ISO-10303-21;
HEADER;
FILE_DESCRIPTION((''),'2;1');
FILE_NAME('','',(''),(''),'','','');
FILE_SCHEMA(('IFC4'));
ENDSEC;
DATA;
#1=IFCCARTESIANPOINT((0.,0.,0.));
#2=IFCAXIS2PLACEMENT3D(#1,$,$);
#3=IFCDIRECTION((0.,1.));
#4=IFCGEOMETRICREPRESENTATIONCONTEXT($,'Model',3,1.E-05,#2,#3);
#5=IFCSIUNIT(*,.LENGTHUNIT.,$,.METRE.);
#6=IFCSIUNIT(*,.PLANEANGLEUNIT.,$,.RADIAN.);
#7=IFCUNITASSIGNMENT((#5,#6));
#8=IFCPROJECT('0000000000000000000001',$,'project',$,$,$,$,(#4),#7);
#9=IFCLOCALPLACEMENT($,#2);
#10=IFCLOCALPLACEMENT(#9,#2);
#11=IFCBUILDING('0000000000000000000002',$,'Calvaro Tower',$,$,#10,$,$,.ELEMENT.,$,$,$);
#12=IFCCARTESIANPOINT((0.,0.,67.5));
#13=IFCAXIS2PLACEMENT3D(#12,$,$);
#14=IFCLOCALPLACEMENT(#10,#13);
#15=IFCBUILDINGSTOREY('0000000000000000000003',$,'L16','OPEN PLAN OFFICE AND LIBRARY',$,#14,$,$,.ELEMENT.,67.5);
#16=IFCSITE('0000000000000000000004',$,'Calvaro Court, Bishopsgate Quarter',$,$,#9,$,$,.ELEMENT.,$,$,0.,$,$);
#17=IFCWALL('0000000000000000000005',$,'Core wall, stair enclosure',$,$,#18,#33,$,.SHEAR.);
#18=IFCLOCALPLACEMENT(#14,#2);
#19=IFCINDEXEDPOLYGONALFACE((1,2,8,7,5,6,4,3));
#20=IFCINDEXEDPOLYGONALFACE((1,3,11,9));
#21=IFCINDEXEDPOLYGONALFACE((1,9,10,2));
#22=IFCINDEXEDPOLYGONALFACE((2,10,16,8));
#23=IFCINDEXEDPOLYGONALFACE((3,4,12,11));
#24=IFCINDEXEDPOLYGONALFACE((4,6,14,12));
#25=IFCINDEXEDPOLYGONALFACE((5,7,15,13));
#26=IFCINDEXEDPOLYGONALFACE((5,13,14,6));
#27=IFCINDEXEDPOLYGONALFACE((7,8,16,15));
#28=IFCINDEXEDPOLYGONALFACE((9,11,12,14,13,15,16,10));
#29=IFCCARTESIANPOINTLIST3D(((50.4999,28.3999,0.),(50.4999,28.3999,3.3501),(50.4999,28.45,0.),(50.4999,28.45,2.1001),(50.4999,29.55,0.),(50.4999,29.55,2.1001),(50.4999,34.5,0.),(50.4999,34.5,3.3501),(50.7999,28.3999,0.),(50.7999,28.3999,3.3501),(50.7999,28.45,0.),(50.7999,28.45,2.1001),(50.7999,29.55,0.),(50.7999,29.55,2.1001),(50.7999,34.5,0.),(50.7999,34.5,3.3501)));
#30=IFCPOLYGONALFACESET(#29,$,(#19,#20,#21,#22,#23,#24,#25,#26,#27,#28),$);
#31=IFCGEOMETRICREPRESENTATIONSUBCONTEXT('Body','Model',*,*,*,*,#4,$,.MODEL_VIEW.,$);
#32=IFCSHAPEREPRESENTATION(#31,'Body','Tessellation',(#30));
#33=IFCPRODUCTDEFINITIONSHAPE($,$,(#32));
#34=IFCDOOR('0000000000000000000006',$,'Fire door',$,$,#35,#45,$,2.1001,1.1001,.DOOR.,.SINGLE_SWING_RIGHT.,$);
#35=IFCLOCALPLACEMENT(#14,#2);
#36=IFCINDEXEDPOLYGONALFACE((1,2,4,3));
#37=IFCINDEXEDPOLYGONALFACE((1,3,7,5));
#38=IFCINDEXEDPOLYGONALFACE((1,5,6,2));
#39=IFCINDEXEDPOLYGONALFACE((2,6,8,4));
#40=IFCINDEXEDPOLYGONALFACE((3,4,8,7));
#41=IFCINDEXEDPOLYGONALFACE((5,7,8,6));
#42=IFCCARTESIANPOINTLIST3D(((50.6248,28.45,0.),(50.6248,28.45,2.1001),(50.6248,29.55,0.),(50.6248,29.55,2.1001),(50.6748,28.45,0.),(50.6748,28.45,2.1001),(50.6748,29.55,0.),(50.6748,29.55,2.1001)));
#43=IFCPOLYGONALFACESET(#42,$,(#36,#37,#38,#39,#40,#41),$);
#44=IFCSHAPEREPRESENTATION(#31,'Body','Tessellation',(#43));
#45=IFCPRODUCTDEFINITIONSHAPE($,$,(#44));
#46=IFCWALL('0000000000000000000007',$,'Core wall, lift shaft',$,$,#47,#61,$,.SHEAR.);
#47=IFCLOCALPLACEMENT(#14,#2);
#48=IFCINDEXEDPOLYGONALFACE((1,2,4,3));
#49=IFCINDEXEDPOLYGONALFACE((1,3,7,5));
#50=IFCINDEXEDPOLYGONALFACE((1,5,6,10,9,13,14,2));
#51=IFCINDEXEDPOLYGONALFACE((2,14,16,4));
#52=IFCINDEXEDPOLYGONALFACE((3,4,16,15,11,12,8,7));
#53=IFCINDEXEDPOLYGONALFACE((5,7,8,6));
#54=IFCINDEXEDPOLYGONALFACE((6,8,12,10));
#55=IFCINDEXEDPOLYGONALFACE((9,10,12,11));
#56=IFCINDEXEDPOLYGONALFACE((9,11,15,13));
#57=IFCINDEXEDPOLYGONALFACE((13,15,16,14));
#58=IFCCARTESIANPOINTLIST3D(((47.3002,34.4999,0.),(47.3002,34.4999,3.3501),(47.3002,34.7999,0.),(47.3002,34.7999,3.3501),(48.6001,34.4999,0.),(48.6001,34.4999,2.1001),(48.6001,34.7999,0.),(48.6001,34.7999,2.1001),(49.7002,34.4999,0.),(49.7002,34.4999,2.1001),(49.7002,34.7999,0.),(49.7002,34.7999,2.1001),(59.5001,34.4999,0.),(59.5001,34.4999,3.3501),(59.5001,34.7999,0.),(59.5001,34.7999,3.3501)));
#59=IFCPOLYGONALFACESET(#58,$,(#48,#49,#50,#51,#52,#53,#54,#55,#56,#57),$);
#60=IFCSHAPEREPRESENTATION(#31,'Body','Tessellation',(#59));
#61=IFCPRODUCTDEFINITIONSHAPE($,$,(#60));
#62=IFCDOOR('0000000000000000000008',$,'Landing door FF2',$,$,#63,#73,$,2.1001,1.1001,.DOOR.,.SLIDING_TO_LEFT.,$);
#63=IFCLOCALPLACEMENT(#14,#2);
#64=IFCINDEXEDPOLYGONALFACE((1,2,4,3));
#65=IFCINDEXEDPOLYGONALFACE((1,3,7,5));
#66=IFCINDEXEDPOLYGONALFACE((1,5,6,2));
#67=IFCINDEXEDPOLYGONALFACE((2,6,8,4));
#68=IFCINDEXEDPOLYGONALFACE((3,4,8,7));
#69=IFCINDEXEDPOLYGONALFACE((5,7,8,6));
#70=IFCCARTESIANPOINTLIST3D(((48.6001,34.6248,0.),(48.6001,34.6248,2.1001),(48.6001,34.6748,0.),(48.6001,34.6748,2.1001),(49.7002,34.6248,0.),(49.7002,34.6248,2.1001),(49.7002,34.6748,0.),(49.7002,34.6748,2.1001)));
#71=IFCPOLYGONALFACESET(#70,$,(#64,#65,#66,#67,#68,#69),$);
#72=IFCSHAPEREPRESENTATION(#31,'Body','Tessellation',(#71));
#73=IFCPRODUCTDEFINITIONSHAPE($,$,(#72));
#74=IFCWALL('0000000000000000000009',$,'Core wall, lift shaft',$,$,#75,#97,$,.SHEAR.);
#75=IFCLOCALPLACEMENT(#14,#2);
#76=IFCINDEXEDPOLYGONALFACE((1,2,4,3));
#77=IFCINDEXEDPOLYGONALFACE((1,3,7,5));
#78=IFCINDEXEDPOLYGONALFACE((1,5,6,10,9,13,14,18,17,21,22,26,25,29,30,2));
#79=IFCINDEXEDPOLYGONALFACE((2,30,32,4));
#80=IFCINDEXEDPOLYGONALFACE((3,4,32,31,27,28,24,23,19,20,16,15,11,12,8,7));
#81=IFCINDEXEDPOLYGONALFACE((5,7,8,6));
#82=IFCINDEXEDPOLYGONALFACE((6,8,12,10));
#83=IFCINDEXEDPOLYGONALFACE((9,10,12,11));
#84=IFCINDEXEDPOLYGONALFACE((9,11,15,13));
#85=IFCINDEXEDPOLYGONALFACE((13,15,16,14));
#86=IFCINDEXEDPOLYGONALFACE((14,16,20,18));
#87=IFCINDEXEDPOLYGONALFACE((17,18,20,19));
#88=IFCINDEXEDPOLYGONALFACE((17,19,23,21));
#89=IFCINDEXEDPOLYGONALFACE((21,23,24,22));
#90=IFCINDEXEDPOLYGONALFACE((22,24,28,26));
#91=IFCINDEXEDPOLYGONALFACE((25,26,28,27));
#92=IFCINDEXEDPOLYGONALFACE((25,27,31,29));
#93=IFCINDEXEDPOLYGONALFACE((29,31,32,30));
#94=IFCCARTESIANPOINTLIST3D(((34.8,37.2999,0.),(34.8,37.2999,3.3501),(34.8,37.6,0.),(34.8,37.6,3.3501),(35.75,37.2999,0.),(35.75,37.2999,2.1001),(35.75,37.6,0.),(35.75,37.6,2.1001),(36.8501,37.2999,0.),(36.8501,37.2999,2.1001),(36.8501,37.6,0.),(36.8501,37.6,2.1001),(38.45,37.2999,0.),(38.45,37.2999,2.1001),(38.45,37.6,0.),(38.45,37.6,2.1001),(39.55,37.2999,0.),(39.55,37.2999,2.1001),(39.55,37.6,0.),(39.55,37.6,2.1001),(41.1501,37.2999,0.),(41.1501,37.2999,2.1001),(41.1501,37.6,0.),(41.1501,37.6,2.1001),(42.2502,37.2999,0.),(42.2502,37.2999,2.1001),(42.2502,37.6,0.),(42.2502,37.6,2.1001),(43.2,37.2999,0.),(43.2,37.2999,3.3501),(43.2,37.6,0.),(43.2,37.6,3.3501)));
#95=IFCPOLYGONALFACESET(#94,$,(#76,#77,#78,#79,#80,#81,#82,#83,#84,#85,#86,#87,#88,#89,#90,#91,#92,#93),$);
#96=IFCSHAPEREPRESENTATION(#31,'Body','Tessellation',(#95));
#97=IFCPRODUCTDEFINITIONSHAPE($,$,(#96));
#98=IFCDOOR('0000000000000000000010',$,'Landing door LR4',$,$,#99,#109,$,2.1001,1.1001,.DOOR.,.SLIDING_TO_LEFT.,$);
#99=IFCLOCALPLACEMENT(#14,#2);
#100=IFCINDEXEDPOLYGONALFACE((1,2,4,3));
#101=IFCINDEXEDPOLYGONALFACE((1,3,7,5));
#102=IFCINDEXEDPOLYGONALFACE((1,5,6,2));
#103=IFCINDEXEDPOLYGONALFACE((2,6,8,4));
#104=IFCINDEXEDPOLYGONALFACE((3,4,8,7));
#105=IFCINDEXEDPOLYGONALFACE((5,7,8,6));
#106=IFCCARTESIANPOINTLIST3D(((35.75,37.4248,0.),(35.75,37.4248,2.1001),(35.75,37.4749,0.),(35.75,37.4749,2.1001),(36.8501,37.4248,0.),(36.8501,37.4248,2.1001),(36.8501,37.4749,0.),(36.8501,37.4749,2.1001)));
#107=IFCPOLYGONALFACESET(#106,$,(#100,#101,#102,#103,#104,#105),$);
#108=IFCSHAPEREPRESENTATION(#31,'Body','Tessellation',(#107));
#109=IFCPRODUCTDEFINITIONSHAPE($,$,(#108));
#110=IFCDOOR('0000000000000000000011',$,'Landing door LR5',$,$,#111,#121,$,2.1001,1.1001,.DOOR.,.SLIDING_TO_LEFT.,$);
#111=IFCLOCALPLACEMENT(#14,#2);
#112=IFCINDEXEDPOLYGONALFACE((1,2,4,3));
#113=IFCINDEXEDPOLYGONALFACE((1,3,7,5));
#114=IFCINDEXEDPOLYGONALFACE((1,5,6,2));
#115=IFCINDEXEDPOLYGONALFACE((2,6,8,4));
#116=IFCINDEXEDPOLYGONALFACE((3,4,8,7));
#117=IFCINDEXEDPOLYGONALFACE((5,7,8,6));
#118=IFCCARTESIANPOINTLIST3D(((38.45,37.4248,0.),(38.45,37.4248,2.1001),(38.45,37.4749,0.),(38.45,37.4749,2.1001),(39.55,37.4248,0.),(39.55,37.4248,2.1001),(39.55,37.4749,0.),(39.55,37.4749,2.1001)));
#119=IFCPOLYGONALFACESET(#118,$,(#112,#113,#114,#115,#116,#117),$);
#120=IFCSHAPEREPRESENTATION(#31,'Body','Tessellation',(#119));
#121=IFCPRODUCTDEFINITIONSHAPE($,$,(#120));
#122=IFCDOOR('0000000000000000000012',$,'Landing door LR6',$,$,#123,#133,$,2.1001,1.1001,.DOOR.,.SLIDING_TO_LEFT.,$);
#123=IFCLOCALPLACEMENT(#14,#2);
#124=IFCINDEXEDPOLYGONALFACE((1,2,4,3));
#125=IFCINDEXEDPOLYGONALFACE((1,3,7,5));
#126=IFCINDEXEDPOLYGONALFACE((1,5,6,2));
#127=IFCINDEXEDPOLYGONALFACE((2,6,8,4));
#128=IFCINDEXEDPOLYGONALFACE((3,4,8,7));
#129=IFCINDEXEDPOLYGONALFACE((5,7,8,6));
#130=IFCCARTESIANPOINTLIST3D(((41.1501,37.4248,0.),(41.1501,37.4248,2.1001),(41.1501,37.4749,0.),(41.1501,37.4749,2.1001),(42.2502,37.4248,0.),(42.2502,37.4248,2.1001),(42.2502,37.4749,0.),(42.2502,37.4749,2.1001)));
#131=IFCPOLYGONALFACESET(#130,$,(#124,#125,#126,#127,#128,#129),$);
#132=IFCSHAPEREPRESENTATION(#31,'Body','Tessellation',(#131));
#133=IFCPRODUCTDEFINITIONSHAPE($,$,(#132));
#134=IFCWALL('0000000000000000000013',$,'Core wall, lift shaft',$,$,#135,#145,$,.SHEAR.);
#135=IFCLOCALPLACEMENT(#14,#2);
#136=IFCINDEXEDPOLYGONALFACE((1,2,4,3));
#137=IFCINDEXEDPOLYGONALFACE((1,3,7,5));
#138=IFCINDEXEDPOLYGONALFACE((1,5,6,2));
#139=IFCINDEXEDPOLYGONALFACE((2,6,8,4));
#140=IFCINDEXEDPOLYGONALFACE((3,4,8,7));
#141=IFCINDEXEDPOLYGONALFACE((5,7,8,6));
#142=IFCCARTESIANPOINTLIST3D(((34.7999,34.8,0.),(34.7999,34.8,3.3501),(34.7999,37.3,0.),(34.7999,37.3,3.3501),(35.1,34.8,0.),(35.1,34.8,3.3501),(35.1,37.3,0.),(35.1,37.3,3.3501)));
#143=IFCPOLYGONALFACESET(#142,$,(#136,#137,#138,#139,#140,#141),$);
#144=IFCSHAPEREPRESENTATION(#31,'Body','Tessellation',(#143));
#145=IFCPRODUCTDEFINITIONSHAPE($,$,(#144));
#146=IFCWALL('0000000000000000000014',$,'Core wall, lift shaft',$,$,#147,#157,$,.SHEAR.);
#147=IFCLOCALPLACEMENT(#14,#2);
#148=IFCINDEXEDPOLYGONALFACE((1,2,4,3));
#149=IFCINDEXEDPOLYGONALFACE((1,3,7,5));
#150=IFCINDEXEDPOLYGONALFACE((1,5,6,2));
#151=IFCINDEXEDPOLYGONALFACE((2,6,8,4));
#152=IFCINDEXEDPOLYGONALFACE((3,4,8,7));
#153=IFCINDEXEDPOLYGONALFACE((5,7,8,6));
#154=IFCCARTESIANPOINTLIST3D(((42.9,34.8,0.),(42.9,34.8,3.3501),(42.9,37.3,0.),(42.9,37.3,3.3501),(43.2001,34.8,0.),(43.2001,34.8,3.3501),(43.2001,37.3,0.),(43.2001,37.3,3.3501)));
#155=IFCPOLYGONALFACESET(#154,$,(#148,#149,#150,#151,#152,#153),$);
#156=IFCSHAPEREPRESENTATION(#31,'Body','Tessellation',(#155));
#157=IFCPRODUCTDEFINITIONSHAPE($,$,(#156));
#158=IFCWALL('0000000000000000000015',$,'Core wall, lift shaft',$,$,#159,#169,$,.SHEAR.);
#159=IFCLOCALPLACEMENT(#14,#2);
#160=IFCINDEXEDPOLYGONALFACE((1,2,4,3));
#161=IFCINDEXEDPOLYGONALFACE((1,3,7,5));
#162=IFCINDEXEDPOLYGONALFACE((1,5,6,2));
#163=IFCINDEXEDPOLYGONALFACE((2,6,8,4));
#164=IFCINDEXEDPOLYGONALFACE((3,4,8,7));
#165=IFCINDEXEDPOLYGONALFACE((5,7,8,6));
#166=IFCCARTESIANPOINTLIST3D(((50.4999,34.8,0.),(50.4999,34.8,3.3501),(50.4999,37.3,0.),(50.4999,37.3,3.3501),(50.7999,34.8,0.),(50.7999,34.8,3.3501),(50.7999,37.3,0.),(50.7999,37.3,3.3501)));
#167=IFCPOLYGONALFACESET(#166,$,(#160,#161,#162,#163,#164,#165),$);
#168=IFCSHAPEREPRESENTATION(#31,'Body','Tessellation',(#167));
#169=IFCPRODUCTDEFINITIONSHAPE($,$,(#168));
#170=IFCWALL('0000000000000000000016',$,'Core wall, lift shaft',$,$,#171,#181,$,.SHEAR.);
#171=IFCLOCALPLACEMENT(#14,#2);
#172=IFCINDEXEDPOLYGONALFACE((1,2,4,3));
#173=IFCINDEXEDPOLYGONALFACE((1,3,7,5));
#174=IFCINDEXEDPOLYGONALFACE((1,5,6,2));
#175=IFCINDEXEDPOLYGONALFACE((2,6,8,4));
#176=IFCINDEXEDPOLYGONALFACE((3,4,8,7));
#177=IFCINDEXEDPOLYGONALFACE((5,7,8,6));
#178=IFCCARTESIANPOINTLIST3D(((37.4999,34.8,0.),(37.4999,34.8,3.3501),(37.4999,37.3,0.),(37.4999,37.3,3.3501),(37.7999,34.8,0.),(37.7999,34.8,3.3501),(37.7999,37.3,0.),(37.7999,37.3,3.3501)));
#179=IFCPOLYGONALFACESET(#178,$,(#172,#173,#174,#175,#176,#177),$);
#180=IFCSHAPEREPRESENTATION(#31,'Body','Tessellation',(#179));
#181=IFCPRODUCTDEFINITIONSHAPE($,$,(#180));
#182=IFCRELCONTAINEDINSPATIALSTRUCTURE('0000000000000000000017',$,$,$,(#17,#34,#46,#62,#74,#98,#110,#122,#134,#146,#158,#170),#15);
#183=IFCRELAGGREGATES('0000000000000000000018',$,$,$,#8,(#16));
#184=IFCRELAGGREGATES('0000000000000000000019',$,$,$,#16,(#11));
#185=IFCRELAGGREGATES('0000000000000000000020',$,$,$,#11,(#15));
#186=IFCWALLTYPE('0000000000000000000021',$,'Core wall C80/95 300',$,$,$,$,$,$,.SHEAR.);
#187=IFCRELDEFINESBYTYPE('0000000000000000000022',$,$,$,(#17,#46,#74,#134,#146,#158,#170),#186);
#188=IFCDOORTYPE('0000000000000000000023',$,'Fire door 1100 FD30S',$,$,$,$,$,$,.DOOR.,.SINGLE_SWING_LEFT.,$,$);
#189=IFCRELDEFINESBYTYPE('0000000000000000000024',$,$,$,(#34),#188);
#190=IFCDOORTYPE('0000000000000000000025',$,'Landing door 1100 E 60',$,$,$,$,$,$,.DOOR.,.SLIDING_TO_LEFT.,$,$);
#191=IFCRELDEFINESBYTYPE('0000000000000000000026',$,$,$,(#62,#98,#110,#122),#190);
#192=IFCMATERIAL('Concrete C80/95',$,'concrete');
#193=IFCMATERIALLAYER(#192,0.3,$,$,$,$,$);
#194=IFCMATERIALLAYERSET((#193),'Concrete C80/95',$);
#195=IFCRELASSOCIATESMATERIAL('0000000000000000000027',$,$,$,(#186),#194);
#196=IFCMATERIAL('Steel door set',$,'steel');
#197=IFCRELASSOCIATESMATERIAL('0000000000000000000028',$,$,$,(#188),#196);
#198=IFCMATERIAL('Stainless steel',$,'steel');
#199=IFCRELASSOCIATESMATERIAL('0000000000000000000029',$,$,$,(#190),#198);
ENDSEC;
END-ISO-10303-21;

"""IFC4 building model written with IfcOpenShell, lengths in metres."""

from ifc_helpers import new_model, si_unit, direction, frame, frame_2d, origin, place, context, subcontext, project, spatial, rectangle, extrude, material, layer, layer_set, type_object, element, fill, save


model = new_model("IFC4")

# Units and contexts
model_context = context("Model", 3, precision=1e-05, world=origin(), true_north=direction((0.0, 1.0)))
body_context = subcontext(model_context, "Body", "Model", "MODEL_VIEW")
ifc_project = project(units=[si_unit("LENGTHUNIT", "METRE"), si_unit("PLANEANGLEUNIT", "RADIAN")], contexts=[model_context])

# Site, building, storey
site_placement = place(None, origin())
site = spatial("IfcSite", under=ifc_project, at=site_placement, Name="Calvaro Court, Bishopsgate Quarter", CompositionType="ELEMENT", RefElevation=0.0)
building_placement = place(site_placement, origin())
building = spatial("IfcBuilding", under=site, at=building_placement, Name="Calvaro Tower", CompositionType="ELEMENT")
storey_placement = place(building_placement, frame((0.0, 0.0, 67.5)))
storey = spatial("IfcBuildingStorey", under=building, at=storey_placement, Name="L16", Description="OPEN PLAN OFFICE AND LIBRARY", CompositionType="ELEMENT", Elevation=67.5)

# Walls, openings, doors
ifc_material_1 = material(Name="Concrete C80/95", Category="concrete")
ifc_layer_1 = layer(ifc_material_1, 0.3)
ifc_layer_set_1 = layer_set([ifc_layer_1], Name="Concrete C80/95")
wall_type_1 = type_object("IfcWallType", Name="Core wall C80/95 300", PredefinedType="SHEAR", material=ifc_layer_set_1)
wall_1_placement = place(storey_placement, frame((50.6499, 34.5, 0.0), z_axis=(0.0, 0.0, 1.0), x_axis=(0.0, -1.0, 0.0)))
wall_1 = element("IfcWall", 1, at=wall_1_placement, inside=storey, type_object=wall_type_1, Name="Core wall, stair enclosure", PredefinedType="SHEAR", context=body_context, shape_type="SweptSolid", body=[
    extrude(rectangle(XDim=6.1001, YDim=0.3, at=frame_2d((3.05, 0.0))), origin(), (0.0, 0.0, 1.0), 3.3501),
])
opening_1_placement = place(wall_1_placement, frame((4.95, 0.0, 0.0)))
opening_1 = element("IfcOpeningElement", 2, at=opening_1_placement, cuts=wall_1, PredefinedType="OPENING", context=body_context, shape_type="SweptSolid", body=[
    extrude(rectangle(XDim=1.1001, YDim=2.1001, at=frame_2d((0.55, 1.05))), frame((0.0, 0.1599, 0.0), z_axis=(0.0, -1.0, 0.0), x_axis=(1.0, 0.0, 0.0)), (0.0, 0.0, 1.0), 0.3201),
])
ifc_material_2 = material(Name="Steel door set", Category="steel")
door_type_1 = type_object("IfcDoorType", Name="Fire door 1100 FD30S", OperationType="SINGLE_SWING_LEFT", PredefinedType="DOOR", material=ifc_material_2)
door_1_placement = place(opening_1_placement, origin())
door_1 = element("IfcDoor", 3, at=door_1_placement, inside=storey, type_object=door_type_1, Name="Fire door", OperationType="SINGLE_SWING_RIGHT", OverallHeight=2.1001, OverallWidth=1.1001, PredefinedType="DOOR", context=body_context, shape_type="SweptSolid", body=[
    extrude(rectangle(XDim=1.1001, YDim=2.1001, at=frame_2d((0.55, 1.05))), frame((0.0, 0.0249, 0.0), z_axis=(0.0, -1.0, 0.0), x_axis=(1.0, 0.0, 0.0)), (0.0, 0.0, 1.0), 0.05),
])
fill(opening_1, door_1)
wall_2_placement = place(storey_placement, frame((47.3, 34.6499, 0.0), z_axis=(0.0, 0.0, 1.0), x_axis=(1.0, 0.0, 0.0)))
wall_2 = element("IfcWall", 4, at=wall_2_placement, inside=storey, type_object=wall_type_1, Name="Core wall, lift shaft", PredefinedType="SHEAR", context=body_context, shape_type="SweptSolid", body=[
    extrude(rectangle(XDim=12.2, YDim=0.3, at=frame_2d((6.1001, 0.0))), origin(), (0.0, 0.0, 1.0), 3.3501),
])
opening_2_placement = place(wall_2_placement, frame((1.3, 0.0, 0.0)))
opening_2 = element("IfcOpeningElement", 5, at=opening_2_placement, cuts=wall_2, PredefinedType="OPENING", context=body_context, shape_type="SweptSolid", body=[
    extrude(rectangle(XDim=1.1001, YDim=2.1001, at=frame_2d((0.55, 1.05))), frame((0.0, 0.1599, 0.0), z_axis=(0.0, -1.0, 0.0), x_axis=(1.0, 0.0, 0.0)), (0.0, 0.0, 1.0), 0.3201),
])
ifc_material_3 = material(Name="Stainless steel", Category="steel")
door_type_2 = type_object("IfcDoorType", Name="Landing door 1100 E 60", OperationType="SLIDING_TO_LEFT", PredefinedType="DOOR", material=ifc_material_3)
door_2_placement = place(opening_2_placement, origin())
door_2 = element("IfcDoor", 6, at=door_2_placement, inside=storey, type_object=door_type_2, Name="Landing door FF2", OperationType="SLIDING_TO_LEFT", OverallHeight=2.1001, OverallWidth=1.1001, PredefinedType="DOOR", context=body_context, shape_type="SweptSolid", body=[
    extrude(rectangle(XDim=1.1001, YDim=2.1001, at=frame_2d((0.55, 1.05))), frame((0.0, 0.0249, 0.0), z_axis=(0.0, -1.0, 0.0), x_axis=(1.0, 0.0, 0.0)), (0.0, 0.0, 1.0), 0.05),
])
fill(opening_2, door_2)

# Wall, openings, doors
wall_3_placement = place(storey_placement, frame((34.8, 37.45, 0.0), z_axis=(0.0, 0.0, 1.0), x_axis=(1.0, 0.0, 0.0)))
wall_3 = element("IfcWall", 7, at=wall_3_placement, inside=storey, type_object=wall_type_1, Name="Core wall, lift shaft", PredefinedType="SHEAR", context=body_context, shape_type="SweptSolid", body=[
    extrude(rectangle(XDim=8.3999, YDim=0.3, at=frame_2d((4.2, 0.0))), origin(), (0.0, 0.0, 1.0), 3.3501),
])
opening_3_placement = place(wall_3_placement, frame((0.95, 0.0, 0.0)))
opening_3 = element("IfcOpeningElement", 8, at=opening_3_placement, cuts=wall_3, PredefinedType="OPENING", context=body_context, shape_type="SweptSolid", body=[
    extrude(rectangle(XDim=1.1001, YDim=2.1001, at=frame_2d((0.55, 1.05))), frame((0.0, 0.1599, 0.0), z_axis=(0.0, -1.0, 0.0), x_axis=(1.0, 0.0, 0.0)), (0.0, 0.0, 1.0), 0.3201),
])
opening_4_placement = place(wall_3_placement, frame((3.6499, 0.0, 0.0)))
opening_4 = element("IfcOpeningElement", 9, at=opening_4_placement, cuts=wall_3, PredefinedType="OPENING", context=body_context, shape_type="SweptSolid", body=[
    extrude(rectangle(XDim=1.1001, YDim=2.1001, at=frame_2d((0.55, 1.05))), frame((0.0, 0.1599, 0.0), z_axis=(0.0, -1.0, 0.0), x_axis=(1.0, 0.0, 0.0)), (0.0, 0.0, 1.0), 0.3201),
])
opening_5_placement = place(wall_3_placement, frame((6.3501, 0.0, 0.0)))
opening_5 = element("IfcOpeningElement", 10, at=opening_5_placement, cuts=wall_3, PredefinedType="OPENING", context=body_context, shape_type="SweptSolid", body=[
    extrude(rectangle(XDim=1.1001, YDim=2.1001, at=frame_2d((0.55, 1.05))), frame((0.0, 0.1599, 0.0), z_axis=(0.0, -1.0, 0.0), x_axis=(1.0, 0.0, 0.0)), (0.0, 0.0, 1.0), 0.3201),
])
door_3_placement = place(opening_3_placement, origin())
door_3 = element("IfcDoor", 11, at=door_3_placement, inside=storey, type_object=door_type_2, Name="Landing door LR4", OperationType="SLIDING_TO_LEFT", OverallHeight=2.1001, OverallWidth=1.1001, PredefinedType="DOOR", context=body_context, shape_type="SweptSolid", body=[
    extrude(rectangle(XDim=1.1001, YDim=2.1001, at=frame_2d((0.55, 1.05))), frame((0.0, 0.0249, 0.0), z_axis=(0.0, -1.0, 0.0), x_axis=(1.0, 0.0, 0.0)), (0.0, 0.0, 1.0), 0.05),
])
fill(opening_3, door_3)
door_4_placement = place(opening_4_placement, origin())
door_4 = element("IfcDoor", 12, at=door_4_placement, inside=storey, type_object=door_type_2, Name="Landing door LR5", OperationType="SLIDING_TO_LEFT", OverallHeight=2.1001, OverallWidth=1.1001, PredefinedType="DOOR", context=body_context, shape_type="SweptSolid", body=[
    extrude(rectangle(XDim=1.1001, YDim=2.1001, at=frame_2d((0.55, 1.05))), frame((0.0, 0.0249, 0.0), z_axis=(0.0, -1.0, 0.0), x_axis=(1.0, 0.0, 0.0)), (0.0, 0.0, 1.0), 0.05),
])
fill(opening_4, door_4)
door_5_placement = place(opening_5_placement, origin())
door_5 = element("IfcDoor", 13, at=door_5_placement, inside=storey, type_object=door_type_2, Name="Landing door LR6", OperationType="SLIDING_TO_LEFT", OverallHeight=2.1001, OverallWidth=1.1001, PredefinedType="DOOR", context=body_context, shape_type="SweptSolid", body=[
    extrude(rectangle(XDim=1.1001, YDim=2.1001, at=frame_2d((0.55, 1.05))), frame((0.0, 0.0249, 0.0), z_axis=(0.0, -1.0, 0.0), x_axis=(1.0, 0.0, 0.0)), (0.0, 0.0, 1.0), 0.05),
])
fill(opening_5, door_5)

# Walls
for number, where, z_axis, x_axis, name in (
    (14, (34.95, 34.8, 0.0), (0.0, 0.0, 1.0), (0.0, 1.0, 0.0), "Core wall, lift shaft"),
    (15, (43.05, 34.8, 0.0), (0.0, 0.0, 1.0), (0.0, 1.0, 0.0), "Core wall, lift shaft"),
    (16, (50.6499, 34.8, 0.0), (0.0, 0.0, 1.0), (0.0, 1.0, 0.0), "Core wall, lift shaft"),
    (17, (37.6499, 34.8, 0.0), (0.0, 0.0, 1.0), (0.0, 1.0, 0.0), "Core wall, lift shaft"),
):
    element("IfcWall", number, at=place(storey_placement, frame(where, z_axis=z_axis, x_axis=x_axis)), inside=storey, type_object=wall_type_1, Name=name, PredefinedType="SHEAR", context=body_context, shape_type="SweptSolid", body=[
        extrude(rectangle(XDim=2.5, YDim=0.3, at=frame_2d((1.25, 0.0))), origin(), (0.0, 0.0, 1.0), 3.3501),
    ])

save(model, "model.ifc")
